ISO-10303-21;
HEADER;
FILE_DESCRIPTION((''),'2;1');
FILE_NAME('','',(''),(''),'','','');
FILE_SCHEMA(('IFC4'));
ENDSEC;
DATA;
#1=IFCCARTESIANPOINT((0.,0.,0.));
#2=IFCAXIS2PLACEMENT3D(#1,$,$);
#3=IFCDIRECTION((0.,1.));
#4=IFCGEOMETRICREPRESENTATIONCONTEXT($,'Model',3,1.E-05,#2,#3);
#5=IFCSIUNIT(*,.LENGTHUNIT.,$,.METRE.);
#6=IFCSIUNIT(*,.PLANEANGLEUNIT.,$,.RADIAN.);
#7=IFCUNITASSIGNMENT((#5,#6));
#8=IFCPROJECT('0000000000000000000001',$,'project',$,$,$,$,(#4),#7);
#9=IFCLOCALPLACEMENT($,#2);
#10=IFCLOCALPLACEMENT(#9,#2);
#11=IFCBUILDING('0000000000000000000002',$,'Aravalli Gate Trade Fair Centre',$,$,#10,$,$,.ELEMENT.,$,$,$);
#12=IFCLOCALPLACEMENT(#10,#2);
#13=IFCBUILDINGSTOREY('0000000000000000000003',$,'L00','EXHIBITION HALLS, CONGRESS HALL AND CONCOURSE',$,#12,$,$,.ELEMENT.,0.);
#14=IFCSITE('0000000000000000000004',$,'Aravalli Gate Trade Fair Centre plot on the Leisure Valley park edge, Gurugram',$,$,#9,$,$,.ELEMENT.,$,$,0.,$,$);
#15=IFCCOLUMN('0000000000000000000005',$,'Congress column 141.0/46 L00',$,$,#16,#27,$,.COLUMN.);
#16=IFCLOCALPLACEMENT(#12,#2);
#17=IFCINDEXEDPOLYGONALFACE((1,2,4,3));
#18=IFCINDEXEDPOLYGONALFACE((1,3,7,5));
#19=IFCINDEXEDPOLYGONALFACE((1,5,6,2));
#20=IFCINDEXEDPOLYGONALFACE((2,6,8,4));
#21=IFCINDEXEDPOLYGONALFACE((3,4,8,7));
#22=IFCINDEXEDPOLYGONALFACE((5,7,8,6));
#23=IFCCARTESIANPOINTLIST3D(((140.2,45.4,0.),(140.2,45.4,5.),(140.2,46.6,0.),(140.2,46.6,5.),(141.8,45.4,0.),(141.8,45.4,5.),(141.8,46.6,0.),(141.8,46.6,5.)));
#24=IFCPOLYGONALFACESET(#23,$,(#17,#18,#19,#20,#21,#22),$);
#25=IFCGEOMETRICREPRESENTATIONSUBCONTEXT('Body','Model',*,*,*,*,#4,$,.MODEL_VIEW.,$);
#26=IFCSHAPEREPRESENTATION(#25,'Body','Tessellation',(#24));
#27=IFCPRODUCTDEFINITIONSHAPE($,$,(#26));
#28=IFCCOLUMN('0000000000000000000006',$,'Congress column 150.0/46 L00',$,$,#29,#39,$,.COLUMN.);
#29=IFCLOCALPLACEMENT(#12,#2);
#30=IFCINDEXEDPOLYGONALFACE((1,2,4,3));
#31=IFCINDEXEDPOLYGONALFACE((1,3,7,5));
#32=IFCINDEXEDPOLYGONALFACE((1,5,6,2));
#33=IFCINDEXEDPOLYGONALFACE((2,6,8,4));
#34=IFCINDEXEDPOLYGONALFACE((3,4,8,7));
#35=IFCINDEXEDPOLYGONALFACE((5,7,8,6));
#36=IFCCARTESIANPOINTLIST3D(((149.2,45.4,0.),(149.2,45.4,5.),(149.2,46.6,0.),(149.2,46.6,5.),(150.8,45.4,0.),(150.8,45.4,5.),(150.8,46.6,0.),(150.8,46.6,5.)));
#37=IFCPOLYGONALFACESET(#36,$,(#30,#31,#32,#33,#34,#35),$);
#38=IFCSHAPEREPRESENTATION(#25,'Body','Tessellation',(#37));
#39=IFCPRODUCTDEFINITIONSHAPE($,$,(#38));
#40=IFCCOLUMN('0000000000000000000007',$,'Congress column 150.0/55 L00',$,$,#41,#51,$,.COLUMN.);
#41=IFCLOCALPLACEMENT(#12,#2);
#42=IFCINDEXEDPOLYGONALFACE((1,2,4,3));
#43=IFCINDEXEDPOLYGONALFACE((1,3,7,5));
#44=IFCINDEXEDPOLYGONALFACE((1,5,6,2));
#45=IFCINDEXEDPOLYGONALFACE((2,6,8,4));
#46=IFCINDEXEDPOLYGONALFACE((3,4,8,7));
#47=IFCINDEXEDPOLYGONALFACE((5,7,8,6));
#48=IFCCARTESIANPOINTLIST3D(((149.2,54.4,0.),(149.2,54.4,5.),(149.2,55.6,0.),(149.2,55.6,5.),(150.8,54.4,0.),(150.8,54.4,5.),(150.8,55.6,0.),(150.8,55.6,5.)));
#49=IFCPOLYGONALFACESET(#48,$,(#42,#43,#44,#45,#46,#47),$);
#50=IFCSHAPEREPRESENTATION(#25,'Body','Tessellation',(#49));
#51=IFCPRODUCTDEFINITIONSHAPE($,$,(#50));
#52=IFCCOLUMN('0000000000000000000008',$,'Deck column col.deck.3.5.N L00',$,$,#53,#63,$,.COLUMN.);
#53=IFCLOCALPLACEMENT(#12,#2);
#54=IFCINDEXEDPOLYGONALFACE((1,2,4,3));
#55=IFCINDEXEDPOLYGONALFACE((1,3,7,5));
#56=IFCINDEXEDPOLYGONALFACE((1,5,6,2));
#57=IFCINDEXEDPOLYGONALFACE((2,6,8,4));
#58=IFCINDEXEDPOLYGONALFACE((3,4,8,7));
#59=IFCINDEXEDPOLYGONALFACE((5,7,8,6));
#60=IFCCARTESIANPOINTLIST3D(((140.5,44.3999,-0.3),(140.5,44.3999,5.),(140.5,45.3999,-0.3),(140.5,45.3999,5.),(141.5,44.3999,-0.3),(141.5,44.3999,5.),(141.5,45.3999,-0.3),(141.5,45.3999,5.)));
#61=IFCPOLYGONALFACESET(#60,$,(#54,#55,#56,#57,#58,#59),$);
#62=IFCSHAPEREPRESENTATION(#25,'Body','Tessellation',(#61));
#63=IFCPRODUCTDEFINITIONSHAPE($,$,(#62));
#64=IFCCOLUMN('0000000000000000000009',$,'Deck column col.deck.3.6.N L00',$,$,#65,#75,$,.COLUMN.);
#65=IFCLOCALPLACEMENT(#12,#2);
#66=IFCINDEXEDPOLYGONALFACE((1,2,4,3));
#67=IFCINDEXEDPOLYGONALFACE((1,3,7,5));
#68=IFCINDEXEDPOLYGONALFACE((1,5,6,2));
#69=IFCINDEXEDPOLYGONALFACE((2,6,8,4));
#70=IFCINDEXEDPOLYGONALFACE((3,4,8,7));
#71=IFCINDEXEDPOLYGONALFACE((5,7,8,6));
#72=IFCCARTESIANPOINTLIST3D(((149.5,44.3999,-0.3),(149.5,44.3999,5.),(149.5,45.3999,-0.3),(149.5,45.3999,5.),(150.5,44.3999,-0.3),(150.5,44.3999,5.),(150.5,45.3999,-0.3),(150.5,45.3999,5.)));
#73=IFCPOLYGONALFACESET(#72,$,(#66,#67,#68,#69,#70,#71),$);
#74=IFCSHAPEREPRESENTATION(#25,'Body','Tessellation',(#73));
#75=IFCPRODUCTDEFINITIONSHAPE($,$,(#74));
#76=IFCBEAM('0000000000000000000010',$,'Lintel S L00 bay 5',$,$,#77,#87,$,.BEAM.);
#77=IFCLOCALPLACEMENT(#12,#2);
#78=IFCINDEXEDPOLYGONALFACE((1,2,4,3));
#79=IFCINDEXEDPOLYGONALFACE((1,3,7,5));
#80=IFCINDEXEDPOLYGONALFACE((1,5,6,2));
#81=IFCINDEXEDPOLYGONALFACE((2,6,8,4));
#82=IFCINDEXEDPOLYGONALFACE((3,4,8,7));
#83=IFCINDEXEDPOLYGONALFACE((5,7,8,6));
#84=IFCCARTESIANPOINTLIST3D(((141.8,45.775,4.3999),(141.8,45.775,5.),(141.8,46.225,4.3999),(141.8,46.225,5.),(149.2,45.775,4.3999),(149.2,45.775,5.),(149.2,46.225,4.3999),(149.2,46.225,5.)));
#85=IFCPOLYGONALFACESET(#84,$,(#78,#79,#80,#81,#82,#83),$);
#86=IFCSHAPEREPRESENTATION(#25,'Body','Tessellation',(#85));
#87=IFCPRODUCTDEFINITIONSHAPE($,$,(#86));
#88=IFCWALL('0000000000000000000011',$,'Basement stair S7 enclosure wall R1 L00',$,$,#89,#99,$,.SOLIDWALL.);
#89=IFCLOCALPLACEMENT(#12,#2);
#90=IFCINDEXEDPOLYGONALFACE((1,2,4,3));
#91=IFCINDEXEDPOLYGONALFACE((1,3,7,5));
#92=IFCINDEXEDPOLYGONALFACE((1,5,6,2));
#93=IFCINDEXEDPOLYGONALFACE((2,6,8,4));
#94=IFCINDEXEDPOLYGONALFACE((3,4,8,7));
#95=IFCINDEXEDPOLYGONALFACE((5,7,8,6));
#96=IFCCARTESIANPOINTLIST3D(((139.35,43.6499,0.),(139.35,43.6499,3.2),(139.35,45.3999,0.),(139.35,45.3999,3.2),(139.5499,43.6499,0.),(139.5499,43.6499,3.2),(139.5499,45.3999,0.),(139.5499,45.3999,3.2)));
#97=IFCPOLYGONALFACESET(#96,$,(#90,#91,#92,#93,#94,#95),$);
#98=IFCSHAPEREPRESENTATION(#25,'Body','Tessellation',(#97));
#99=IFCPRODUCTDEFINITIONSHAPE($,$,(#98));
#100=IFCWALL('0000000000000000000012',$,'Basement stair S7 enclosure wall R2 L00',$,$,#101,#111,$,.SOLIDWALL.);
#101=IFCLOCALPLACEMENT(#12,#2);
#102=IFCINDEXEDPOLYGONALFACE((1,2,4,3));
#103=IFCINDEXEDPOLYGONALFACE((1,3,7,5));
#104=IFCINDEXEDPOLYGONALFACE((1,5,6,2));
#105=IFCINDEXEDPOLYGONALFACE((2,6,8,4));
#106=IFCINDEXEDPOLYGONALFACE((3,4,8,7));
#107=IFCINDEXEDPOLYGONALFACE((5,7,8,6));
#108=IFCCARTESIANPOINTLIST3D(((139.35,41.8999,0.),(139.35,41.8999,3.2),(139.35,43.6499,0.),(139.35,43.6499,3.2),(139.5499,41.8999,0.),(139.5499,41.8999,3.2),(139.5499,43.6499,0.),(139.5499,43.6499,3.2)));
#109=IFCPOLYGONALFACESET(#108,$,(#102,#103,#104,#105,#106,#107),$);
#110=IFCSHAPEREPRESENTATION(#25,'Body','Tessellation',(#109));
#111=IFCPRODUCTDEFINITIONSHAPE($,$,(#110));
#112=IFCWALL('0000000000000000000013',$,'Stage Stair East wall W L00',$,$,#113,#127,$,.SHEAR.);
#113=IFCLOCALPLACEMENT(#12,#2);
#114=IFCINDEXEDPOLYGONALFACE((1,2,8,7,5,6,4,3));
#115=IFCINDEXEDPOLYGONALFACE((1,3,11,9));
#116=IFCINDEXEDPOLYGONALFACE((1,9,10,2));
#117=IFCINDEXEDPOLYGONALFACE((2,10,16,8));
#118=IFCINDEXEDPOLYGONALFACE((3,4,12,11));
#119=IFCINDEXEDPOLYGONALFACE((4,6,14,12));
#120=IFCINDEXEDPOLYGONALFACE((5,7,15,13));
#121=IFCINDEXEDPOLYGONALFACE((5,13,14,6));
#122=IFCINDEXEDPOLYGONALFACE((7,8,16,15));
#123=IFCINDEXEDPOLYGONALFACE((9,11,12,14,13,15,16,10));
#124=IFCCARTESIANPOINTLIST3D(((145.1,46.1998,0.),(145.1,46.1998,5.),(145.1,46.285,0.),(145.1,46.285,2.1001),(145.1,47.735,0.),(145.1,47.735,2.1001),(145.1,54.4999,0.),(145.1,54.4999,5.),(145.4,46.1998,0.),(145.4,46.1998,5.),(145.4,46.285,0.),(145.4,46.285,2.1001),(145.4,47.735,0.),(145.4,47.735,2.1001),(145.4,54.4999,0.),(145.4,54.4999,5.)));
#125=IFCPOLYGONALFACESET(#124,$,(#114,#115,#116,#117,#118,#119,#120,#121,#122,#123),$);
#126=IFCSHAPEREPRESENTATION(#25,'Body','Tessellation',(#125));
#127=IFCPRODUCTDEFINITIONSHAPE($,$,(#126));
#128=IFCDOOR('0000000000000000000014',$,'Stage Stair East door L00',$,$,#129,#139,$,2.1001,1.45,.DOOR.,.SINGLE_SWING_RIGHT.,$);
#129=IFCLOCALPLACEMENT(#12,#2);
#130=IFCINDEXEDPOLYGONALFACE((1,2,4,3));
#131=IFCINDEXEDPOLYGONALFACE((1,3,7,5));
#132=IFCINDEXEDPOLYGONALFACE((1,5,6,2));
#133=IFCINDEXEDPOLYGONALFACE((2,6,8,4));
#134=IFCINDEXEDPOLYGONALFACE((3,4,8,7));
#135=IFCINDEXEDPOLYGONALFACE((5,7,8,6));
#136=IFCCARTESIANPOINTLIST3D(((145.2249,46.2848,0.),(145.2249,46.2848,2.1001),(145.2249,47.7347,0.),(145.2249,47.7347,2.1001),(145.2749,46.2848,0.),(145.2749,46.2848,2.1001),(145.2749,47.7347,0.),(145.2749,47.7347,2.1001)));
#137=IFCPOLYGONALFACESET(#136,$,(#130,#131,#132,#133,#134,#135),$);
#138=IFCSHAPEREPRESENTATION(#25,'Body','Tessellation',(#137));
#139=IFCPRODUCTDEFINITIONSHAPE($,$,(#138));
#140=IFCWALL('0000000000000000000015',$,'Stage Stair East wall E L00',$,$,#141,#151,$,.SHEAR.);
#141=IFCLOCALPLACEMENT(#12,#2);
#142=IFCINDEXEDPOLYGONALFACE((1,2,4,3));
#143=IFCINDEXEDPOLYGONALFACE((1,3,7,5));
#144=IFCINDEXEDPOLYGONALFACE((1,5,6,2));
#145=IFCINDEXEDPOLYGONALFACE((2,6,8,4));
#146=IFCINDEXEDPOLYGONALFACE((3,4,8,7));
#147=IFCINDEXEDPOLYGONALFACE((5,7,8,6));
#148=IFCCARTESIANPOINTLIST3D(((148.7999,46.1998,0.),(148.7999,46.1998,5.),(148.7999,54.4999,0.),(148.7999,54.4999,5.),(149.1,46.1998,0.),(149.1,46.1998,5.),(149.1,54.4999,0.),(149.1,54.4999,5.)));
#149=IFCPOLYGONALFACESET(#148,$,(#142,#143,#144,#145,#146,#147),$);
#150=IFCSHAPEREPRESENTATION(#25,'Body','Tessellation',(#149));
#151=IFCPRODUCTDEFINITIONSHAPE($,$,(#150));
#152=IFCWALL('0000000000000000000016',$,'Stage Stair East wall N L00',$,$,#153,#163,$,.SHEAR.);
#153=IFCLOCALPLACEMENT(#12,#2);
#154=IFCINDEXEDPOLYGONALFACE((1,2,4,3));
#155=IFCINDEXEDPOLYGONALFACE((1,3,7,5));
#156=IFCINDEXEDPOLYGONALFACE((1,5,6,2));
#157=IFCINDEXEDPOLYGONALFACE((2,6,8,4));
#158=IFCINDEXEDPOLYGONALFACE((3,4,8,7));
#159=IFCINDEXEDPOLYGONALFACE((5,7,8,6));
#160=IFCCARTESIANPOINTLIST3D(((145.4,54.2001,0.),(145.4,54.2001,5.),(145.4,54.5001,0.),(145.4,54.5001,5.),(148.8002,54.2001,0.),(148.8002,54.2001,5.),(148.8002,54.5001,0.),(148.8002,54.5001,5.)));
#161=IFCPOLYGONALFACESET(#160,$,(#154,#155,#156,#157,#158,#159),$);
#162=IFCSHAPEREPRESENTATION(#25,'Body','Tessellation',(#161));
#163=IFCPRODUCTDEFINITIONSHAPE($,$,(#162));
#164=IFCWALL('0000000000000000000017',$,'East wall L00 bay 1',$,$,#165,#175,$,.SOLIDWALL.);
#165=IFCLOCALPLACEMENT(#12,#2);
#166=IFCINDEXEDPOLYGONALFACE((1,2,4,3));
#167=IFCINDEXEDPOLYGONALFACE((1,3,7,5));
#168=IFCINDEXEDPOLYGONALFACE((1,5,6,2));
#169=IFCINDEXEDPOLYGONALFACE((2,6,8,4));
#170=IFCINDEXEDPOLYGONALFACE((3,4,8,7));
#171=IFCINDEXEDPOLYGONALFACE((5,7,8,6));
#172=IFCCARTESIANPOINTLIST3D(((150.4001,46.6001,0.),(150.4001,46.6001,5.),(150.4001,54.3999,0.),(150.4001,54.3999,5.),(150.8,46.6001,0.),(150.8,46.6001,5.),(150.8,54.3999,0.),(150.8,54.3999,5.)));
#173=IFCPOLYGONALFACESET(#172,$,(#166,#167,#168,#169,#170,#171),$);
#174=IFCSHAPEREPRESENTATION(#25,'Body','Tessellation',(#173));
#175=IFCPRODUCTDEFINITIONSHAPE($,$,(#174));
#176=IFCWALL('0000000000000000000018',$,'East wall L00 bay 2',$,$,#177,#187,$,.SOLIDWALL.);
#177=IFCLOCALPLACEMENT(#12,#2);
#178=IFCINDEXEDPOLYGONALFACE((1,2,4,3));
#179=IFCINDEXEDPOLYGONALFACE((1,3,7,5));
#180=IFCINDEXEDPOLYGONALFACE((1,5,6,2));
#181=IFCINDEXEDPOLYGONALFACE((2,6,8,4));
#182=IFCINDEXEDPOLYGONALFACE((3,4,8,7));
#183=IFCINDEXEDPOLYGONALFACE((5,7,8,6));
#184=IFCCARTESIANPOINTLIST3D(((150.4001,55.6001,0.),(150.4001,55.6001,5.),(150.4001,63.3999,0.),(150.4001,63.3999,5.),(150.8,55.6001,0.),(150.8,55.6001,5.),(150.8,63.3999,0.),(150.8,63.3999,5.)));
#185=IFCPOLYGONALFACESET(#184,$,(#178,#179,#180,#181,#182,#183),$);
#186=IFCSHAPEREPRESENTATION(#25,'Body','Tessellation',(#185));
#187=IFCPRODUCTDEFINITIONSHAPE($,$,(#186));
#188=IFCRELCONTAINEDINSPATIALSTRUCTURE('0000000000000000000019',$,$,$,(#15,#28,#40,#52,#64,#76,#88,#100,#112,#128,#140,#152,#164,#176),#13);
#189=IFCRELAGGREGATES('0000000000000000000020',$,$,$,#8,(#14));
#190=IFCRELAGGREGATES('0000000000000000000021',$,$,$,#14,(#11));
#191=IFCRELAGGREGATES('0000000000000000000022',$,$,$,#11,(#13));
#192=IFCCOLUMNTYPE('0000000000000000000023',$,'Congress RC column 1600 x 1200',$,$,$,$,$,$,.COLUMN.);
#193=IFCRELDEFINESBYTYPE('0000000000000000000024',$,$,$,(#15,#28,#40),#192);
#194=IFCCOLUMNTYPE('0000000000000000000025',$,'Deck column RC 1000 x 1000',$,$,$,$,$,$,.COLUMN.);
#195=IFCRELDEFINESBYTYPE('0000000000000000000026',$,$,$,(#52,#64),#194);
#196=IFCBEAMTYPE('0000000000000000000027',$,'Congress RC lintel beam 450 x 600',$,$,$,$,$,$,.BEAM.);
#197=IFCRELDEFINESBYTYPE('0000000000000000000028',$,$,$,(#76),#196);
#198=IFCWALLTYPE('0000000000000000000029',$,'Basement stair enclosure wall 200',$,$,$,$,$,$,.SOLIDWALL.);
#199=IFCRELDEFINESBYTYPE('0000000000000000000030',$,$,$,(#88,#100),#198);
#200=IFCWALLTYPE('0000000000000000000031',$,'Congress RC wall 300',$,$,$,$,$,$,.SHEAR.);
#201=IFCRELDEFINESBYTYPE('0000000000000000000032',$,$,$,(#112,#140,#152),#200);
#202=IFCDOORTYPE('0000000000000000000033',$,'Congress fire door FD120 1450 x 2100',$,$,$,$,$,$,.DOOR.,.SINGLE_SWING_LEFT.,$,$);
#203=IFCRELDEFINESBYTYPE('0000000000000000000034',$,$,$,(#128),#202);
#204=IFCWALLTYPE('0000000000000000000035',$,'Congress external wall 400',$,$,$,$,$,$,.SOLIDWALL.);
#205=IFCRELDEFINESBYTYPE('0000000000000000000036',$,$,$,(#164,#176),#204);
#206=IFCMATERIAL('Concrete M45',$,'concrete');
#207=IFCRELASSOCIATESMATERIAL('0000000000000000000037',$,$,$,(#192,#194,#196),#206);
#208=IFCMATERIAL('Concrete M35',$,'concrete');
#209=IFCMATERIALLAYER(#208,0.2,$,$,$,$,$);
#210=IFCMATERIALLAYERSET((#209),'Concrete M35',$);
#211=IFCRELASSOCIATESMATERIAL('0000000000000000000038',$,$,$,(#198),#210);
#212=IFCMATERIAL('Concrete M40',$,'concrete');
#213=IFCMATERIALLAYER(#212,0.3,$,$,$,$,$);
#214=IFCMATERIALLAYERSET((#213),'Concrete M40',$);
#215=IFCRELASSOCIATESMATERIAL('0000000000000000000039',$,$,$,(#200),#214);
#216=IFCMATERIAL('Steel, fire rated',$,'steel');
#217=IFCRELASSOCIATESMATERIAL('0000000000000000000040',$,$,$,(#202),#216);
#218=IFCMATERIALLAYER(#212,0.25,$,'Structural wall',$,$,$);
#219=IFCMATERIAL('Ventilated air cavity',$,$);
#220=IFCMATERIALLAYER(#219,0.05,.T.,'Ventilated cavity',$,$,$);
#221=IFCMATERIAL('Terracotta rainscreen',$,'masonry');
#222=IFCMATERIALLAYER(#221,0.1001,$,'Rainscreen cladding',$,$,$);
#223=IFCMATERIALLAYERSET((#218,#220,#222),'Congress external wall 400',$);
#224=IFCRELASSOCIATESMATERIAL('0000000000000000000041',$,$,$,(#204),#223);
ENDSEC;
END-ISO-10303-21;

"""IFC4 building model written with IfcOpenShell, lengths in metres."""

from ifc_helpers import new_model, si_unit, direction, frame, frame_2d, origin, origin_2d, place, context, subcontext, project, spatial, rectangle, extrude, material, layer, layer_set, material_profile, profile_set, type_object, element, fill, save


model = new_model("IFC4")

# Units and contexts
model_context = context("Model", 3, precision=1e-05, world=origin(), true_north=direction((0.0, 1.0)))
body_context = subcontext(model_context, "Body", "Model", "MODEL_VIEW")
ifc_project = project(units=[si_unit("LENGTHUNIT", "METRE"), si_unit("PLANEANGLEUNIT", "RADIAN")], contexts=[model_context])

# Site, building, storey
site_placement = place(None, origin())
site = spatial("IfcSite", under=ifc_project, at=site_placement, Name="Aravalli Gate Trade Fair Centre plot on the Leisure Valley park edge, Gurugram", CompositionType="ELEMENT", RefElevation=0.0)
building_placement = place(site_placement, origin())
building = spatial("IfcBuilding", under=site, at=building_placement, Name="Aravalli Gate Trade Fair Centre", CompositionType="ELEMENT")
storey_placement = place(building_placement, origin())
storey = spatial("IfcBuildingStorey", under=building, at=storey_placement, Name="L00", Description="EXHIBITION HALLS, CONGRESS HALL AND CONCOURSE", CompositionType="ELEMENT", Elevation=0.0)

# Columns
ifc_material_1 = material(Name="Concrete M45", Category="concrete")
ifc_material_profile_1 = material_profile(ifc_material_1, rectangle(XDim=1.6001, YDim=1.2, at=origin_2d()), Name="RC 1600x1200")
ifc_profile_set_1 = profile_set([ifc_material_profile_1], Name="Concrete M45")
column_type_1 = type_object("IfcColumnType", Name="Congress RC column 1600 x 1200", PredefinedType="COLUMN", material=ifc_profile_set_1)
for number, where, z_axis, x_axis, name in (
    (1, (141.0, 46.0, 0.0), (0.0, 0.0, 1.0), (1.0, 0.0, 0.0), "Congress column 141.0/46 L00"),
    (2, (150.0, 46.0, 0.0), (0.0, 0.0, 1.0), (1.0, 0.0, 0.0), "Congress column 150.0/46 L00"),
    (3, (150.0, 55.0, 0.0), (0.0, 0.0, 1.0), (1.0, 0.0, 0.0), "Congress column 150.0/55 L00"),
):
    element("IfcColumn", number, at=place(storey_placement, frame(where, z_axis=z_axis, x_axis=x_axis)), inside=storey, type_object=column_type_1, Name=name, PredefinedType="COLUMN", context=body_context, shape_type="SweptSolid", body=[
        extrude(rectangle(XDim=1.6001, YDim=1.2, at=origin_2d()), origin(), (0.0, 0.0, 1.0), 5.0),
    ])
ifc_material_profile_2 = material_profile(ifc_material_1, rectangle(XDim=1.0, YDim=1.0, at=origin_2d()), Name="Deck column RC 1000 x 1000")
ifc_profile_set_2 = profile_set([ifc_material_profile_2], Name="Concrete M45")
column_type_2 = type_object("IfcColumnType", Name="Deck column RC 1000 x 1000", PredefinedType="COLUMN", material=ifc_profile_set_2)
for number, where, z_axis, x_axis, name in (
    (4, (141.0, 44.8999, -0.3), (0.0, 0.0, 1.0), (1.0, 0.0, 0.0), "Deck column col.deck.3.5.N L00"),
    (5, (150.0, 44.8999, -0.3), (0.0, 0.0, 1.0), (1.0, 0.0, 0.0), "Deck column col.deck.3.6.N L00"),
):
    element("IfcColumn", number, at=place(storey_placement, frame(where, z_axis=z_axis, x_axis=x_axis)), inside=storey, type_object=column_type_2, Name=name, PredefinedType="COLUMN", context=body_context, shape_type="SweptSolid", body=[
        extrude(rectangle(XDim=1.0, YDim=1.0, at=origin_2d()), origin(), (0.0, 0.0, 1.0), 5.3),
    ])

# Beam
ifc_material_profile_3 = material_profile(ifc_material_1, rectangle(XDim=0.45, YDim=0.6001, at=origin_2d()), Name="RC 450x600")
ifc_profile_set_3 = profile_set([ifc_material_profile_3], Name="Concrete M45")
beam_type = type_object("IfcBeamType", Name="Congress RC lintel beam 450 x 600", PredefinedType="BEAM", material=ifc_profile_set_3)
beam_placement = place(storey_placement, frame((141.8, 46.0, 4.7), z_axis=(1.0, 0.0, 0.0), x_axis=(0.0, 1.0, 0.0)))
element("IfcBeam", 6, at=beam_placement, inside=storey, type_object=beam_type, Name="Lintel S L00 bay 5", PredefinedType="BEAM", context=body_context, shape_type="SweptSolid", body=[
    extrude(rectangle(XDim=0.45, YDim=0.6001, at=origin_2d()), origin(), (0.0, 0.0, 1.0), 7.3999),
])

# Walls
ifc_material_2 = material(Name="Concrete M35", Category="concrete")
ifc_layer_1 = layer(ifc_material_2, 0.2)
ifc_layer_set_1 = layer_set([ifc_layer_1], Name="Concrete M35")
wall_type_1 = type_object("IfcWallType", Name="Basement stair enclosure wall 200", PredefinedType="SOLIDWALL", material=ifc_layer_set_1)
for number, where, z_axis, x_axis, name in (
    (7, (139.45, 45.3999, 0.0), (0.0, 0.0, 1.0), (0.0, -1.0, 0.0), "Basement stair S7 enclosure wall R1 L00"),
    (8, (139.45, 43.6499, 0.0), (0.0, 0.0, 1.0), (0.0, -1.0, 0.0), "Basement stair S7 enclosure wall R2 L00"),
):
    element("IfcWall", number, at=place(storey_placement, frame(where, z_axis=z_axis, x_axis=x_axis)), inside=storey, type_object=wall_type_1, Name=name, PredefinedType="SOLIDWALL", context=body_context, shape_type="SweptSolid", body=[
        extrude(rectangle(XDim=1.75, YDim=0.2, at=frame_2d((0.875, 0.0))), origin(), (0.0, 0.0, 1.0), 3.2),
    ])

# Wall, opening, door
ifc_material_3 = material(Name="Concrete M40", Category="concrete")
ifc_layer_2 = layer(ifc_material_3, 0.3)
ifc_layer_set_2 = layer_set([ifc_layer_2], Name="Concrete M40")
wall_type_2 = type_object("IfcWallType", Name="Congress RC wall 300", PredefinedType="SHEAR", material=ifc_layer_set_2)
wall_1_placement = place(storey_placement, frame((145.25, 46.2, 0.0), z_axis=(0.0, 0.0, 1.0), x_axis=(0.0, 1.0, 0.0)))
wall_1 = element("IfcWall", 9, at=wall_1_placement, inside=storey, type_object=wall_type_2, Name="Stage Stair East wall W L00", PredefinedType="SHEAR", context=body_context, shape_type="SweptSolid", body=[
    extrude(rectangle(XDim=8.3, YDim=0.3, at=frame_2d((4.1499, 0.0))), origin(), (0.0, 0.0, 1.0), 5.0),
])
opening_1_placement = place(wall_1_placement, frame((0.085, 0.0, 0.0)))
opening_1 = element("IfcOpeningElement", 10, at=opening_1_placement, cuts=wall_1, PredefinedType="OPENING", context=body_context, shape_type="SweptSolid", body=[
    extrude(rectangle(XDim=1.45, YDim=2.1001, at=frame_2d((0.7251, 1.05))), frame((0.0, 0.1599, 0.0), z_axis=(0.0, -1.0, 0.0), x_axis=(1.0, 0.0, 0.0)), (0.0, 0.0, 1.0), 0.3201),
])
ifc_material_4 = material(Name="Steel, fire rated", Category="steel")
door_type_1 = type_object("IfcDoorType", Name="Congress fire door FD120 1450 x 2100", OperationType="SINGLE_SWING_LEFT", PredefinedType="DOOR", material=ifc_material_4)
door_1_placement = place(opening_1_placement, frame((1.45, 0.0, 0.0), z_axis=(0.0, 0.0, 1.0), x_axis=(-1.0, 0.0, 0.0)))
door_1 = element("IfcDoor", 11, at=door_1_placement, inside=storey, type_object=door_type_1, Name="Stage Stair East door L00", OperationType="SINGLE_SWING_RIGHT", OverallHeight=2.1001, OverallWidth=1.45, PredefinedType="DOOR", context=body_context, shape_type="SweptSolid", body=[
    extrude(rectangle(XDim=1.45, YDim=2.1001, at=frame_2d((0.7251, 1.05))), frame((0.0, 0.0249, 0.0), z_axis=(0.0, -1.0, 0.0), x_axis=(1.0, 0.0, 0.0)), (0.0, 0.0, 1.0), 0.05),
])
fill(opening_1, door_1)

# Walls
wall_2_placement = place(storey_placement, frame((148.95, 46.2, 0.0), z_axis=(0.0, 0.0, 1.0), x_axis=(0.0, 1.0, 0.0)))
element("IfcWall", 12, at=wall_2_placement, inside=storey, type_object=wall_type_2, Name="Stage Stair East wall E L00", PredefinedType="SHEAR", context=body_context, shape_type="SweptSolid", body=[
    extrude(rectangle(XDim=8.3, YDim=0.3, at=frame_2d((4.1499, 0.0))), origin(), (0.0, 0.0, 1.0), 5.0),
])
wall_3_placement = place(storey_placement, frame((145.3999, 54.3501, 0.0), z_axis=(0.0, 0.0, 1.0), x_axis=(1.0, 0.0, 0.0)))
element("IfcWall", 13, at=wall_3_placement, inside=storey, type_object=wall_type_2, Name="Stage Stair East wall N L00", PredefinedType="SHEAR", context=body_context, shape_type="SweptSolid", body=[
    extrude(rectangle(XDim=3.4001, YDim=0.3, at=frame_2d((1.7002, 0.0))), origin(), (0.0, 0.0, 1.0), 5.0),
])

# Walls
ifc_layer_3 = layer(ifc_material_3, 0.25, Name="Structural wall")
ifc_material_5 = material(Name="Ventilated air cavity")
ifc_layer_4 = layer(ifc_material_5, 0.05, ventilated=True, Name="Ventilated cavity")
ifc_material_6 = material(Name="Terracotta rainscreen", Category="masonry")
ifc_layer_5 = layer(ifc_material_6, 0.1001, Name="Rainscreen cladding")
ifc_layer_set_3 = layer_set([ifc_layer_3, ifc_layer_4, ifc_layer_5], Name="Congress external wall 400")
wall_type_3 = type_object("IfcWallType", Name="Congress external wall 400", PredefinedType="SOLIDWALL", material=ifc_layer_set_3)
for number, where, z_axis, x_axis, name in (
    (14, (150.6001, 46.6001, 0.0), (0.0, 0.0, 1.0), (0.0, 1.0, 0.0), "East wall L00 bay 1"),
    (15, (150.6001, 55.6001, 0.0), (0.0, 0.0, 1.0), (0.0, 1.0, 0.0), "East wall L00 bay 2"),
):
    element("IfcWall", number, at=place(storey_placement, frame(where, z_axis=z_axis, x_axis=x_axis)), inside=storey, type_object=wall_type_3, Name=name, PredefinedType="SOLIDWALL", context=body_context, shape_type="SweptSolid", body=[
        extrude(rectangle(XDim=7.7998, YDim=0.3999, at=frame_2d((3.8999, 0.0))), origin(), (0.0, 0.0, 1.0), 5.0),
    ])

save(model, "model.ifc")
